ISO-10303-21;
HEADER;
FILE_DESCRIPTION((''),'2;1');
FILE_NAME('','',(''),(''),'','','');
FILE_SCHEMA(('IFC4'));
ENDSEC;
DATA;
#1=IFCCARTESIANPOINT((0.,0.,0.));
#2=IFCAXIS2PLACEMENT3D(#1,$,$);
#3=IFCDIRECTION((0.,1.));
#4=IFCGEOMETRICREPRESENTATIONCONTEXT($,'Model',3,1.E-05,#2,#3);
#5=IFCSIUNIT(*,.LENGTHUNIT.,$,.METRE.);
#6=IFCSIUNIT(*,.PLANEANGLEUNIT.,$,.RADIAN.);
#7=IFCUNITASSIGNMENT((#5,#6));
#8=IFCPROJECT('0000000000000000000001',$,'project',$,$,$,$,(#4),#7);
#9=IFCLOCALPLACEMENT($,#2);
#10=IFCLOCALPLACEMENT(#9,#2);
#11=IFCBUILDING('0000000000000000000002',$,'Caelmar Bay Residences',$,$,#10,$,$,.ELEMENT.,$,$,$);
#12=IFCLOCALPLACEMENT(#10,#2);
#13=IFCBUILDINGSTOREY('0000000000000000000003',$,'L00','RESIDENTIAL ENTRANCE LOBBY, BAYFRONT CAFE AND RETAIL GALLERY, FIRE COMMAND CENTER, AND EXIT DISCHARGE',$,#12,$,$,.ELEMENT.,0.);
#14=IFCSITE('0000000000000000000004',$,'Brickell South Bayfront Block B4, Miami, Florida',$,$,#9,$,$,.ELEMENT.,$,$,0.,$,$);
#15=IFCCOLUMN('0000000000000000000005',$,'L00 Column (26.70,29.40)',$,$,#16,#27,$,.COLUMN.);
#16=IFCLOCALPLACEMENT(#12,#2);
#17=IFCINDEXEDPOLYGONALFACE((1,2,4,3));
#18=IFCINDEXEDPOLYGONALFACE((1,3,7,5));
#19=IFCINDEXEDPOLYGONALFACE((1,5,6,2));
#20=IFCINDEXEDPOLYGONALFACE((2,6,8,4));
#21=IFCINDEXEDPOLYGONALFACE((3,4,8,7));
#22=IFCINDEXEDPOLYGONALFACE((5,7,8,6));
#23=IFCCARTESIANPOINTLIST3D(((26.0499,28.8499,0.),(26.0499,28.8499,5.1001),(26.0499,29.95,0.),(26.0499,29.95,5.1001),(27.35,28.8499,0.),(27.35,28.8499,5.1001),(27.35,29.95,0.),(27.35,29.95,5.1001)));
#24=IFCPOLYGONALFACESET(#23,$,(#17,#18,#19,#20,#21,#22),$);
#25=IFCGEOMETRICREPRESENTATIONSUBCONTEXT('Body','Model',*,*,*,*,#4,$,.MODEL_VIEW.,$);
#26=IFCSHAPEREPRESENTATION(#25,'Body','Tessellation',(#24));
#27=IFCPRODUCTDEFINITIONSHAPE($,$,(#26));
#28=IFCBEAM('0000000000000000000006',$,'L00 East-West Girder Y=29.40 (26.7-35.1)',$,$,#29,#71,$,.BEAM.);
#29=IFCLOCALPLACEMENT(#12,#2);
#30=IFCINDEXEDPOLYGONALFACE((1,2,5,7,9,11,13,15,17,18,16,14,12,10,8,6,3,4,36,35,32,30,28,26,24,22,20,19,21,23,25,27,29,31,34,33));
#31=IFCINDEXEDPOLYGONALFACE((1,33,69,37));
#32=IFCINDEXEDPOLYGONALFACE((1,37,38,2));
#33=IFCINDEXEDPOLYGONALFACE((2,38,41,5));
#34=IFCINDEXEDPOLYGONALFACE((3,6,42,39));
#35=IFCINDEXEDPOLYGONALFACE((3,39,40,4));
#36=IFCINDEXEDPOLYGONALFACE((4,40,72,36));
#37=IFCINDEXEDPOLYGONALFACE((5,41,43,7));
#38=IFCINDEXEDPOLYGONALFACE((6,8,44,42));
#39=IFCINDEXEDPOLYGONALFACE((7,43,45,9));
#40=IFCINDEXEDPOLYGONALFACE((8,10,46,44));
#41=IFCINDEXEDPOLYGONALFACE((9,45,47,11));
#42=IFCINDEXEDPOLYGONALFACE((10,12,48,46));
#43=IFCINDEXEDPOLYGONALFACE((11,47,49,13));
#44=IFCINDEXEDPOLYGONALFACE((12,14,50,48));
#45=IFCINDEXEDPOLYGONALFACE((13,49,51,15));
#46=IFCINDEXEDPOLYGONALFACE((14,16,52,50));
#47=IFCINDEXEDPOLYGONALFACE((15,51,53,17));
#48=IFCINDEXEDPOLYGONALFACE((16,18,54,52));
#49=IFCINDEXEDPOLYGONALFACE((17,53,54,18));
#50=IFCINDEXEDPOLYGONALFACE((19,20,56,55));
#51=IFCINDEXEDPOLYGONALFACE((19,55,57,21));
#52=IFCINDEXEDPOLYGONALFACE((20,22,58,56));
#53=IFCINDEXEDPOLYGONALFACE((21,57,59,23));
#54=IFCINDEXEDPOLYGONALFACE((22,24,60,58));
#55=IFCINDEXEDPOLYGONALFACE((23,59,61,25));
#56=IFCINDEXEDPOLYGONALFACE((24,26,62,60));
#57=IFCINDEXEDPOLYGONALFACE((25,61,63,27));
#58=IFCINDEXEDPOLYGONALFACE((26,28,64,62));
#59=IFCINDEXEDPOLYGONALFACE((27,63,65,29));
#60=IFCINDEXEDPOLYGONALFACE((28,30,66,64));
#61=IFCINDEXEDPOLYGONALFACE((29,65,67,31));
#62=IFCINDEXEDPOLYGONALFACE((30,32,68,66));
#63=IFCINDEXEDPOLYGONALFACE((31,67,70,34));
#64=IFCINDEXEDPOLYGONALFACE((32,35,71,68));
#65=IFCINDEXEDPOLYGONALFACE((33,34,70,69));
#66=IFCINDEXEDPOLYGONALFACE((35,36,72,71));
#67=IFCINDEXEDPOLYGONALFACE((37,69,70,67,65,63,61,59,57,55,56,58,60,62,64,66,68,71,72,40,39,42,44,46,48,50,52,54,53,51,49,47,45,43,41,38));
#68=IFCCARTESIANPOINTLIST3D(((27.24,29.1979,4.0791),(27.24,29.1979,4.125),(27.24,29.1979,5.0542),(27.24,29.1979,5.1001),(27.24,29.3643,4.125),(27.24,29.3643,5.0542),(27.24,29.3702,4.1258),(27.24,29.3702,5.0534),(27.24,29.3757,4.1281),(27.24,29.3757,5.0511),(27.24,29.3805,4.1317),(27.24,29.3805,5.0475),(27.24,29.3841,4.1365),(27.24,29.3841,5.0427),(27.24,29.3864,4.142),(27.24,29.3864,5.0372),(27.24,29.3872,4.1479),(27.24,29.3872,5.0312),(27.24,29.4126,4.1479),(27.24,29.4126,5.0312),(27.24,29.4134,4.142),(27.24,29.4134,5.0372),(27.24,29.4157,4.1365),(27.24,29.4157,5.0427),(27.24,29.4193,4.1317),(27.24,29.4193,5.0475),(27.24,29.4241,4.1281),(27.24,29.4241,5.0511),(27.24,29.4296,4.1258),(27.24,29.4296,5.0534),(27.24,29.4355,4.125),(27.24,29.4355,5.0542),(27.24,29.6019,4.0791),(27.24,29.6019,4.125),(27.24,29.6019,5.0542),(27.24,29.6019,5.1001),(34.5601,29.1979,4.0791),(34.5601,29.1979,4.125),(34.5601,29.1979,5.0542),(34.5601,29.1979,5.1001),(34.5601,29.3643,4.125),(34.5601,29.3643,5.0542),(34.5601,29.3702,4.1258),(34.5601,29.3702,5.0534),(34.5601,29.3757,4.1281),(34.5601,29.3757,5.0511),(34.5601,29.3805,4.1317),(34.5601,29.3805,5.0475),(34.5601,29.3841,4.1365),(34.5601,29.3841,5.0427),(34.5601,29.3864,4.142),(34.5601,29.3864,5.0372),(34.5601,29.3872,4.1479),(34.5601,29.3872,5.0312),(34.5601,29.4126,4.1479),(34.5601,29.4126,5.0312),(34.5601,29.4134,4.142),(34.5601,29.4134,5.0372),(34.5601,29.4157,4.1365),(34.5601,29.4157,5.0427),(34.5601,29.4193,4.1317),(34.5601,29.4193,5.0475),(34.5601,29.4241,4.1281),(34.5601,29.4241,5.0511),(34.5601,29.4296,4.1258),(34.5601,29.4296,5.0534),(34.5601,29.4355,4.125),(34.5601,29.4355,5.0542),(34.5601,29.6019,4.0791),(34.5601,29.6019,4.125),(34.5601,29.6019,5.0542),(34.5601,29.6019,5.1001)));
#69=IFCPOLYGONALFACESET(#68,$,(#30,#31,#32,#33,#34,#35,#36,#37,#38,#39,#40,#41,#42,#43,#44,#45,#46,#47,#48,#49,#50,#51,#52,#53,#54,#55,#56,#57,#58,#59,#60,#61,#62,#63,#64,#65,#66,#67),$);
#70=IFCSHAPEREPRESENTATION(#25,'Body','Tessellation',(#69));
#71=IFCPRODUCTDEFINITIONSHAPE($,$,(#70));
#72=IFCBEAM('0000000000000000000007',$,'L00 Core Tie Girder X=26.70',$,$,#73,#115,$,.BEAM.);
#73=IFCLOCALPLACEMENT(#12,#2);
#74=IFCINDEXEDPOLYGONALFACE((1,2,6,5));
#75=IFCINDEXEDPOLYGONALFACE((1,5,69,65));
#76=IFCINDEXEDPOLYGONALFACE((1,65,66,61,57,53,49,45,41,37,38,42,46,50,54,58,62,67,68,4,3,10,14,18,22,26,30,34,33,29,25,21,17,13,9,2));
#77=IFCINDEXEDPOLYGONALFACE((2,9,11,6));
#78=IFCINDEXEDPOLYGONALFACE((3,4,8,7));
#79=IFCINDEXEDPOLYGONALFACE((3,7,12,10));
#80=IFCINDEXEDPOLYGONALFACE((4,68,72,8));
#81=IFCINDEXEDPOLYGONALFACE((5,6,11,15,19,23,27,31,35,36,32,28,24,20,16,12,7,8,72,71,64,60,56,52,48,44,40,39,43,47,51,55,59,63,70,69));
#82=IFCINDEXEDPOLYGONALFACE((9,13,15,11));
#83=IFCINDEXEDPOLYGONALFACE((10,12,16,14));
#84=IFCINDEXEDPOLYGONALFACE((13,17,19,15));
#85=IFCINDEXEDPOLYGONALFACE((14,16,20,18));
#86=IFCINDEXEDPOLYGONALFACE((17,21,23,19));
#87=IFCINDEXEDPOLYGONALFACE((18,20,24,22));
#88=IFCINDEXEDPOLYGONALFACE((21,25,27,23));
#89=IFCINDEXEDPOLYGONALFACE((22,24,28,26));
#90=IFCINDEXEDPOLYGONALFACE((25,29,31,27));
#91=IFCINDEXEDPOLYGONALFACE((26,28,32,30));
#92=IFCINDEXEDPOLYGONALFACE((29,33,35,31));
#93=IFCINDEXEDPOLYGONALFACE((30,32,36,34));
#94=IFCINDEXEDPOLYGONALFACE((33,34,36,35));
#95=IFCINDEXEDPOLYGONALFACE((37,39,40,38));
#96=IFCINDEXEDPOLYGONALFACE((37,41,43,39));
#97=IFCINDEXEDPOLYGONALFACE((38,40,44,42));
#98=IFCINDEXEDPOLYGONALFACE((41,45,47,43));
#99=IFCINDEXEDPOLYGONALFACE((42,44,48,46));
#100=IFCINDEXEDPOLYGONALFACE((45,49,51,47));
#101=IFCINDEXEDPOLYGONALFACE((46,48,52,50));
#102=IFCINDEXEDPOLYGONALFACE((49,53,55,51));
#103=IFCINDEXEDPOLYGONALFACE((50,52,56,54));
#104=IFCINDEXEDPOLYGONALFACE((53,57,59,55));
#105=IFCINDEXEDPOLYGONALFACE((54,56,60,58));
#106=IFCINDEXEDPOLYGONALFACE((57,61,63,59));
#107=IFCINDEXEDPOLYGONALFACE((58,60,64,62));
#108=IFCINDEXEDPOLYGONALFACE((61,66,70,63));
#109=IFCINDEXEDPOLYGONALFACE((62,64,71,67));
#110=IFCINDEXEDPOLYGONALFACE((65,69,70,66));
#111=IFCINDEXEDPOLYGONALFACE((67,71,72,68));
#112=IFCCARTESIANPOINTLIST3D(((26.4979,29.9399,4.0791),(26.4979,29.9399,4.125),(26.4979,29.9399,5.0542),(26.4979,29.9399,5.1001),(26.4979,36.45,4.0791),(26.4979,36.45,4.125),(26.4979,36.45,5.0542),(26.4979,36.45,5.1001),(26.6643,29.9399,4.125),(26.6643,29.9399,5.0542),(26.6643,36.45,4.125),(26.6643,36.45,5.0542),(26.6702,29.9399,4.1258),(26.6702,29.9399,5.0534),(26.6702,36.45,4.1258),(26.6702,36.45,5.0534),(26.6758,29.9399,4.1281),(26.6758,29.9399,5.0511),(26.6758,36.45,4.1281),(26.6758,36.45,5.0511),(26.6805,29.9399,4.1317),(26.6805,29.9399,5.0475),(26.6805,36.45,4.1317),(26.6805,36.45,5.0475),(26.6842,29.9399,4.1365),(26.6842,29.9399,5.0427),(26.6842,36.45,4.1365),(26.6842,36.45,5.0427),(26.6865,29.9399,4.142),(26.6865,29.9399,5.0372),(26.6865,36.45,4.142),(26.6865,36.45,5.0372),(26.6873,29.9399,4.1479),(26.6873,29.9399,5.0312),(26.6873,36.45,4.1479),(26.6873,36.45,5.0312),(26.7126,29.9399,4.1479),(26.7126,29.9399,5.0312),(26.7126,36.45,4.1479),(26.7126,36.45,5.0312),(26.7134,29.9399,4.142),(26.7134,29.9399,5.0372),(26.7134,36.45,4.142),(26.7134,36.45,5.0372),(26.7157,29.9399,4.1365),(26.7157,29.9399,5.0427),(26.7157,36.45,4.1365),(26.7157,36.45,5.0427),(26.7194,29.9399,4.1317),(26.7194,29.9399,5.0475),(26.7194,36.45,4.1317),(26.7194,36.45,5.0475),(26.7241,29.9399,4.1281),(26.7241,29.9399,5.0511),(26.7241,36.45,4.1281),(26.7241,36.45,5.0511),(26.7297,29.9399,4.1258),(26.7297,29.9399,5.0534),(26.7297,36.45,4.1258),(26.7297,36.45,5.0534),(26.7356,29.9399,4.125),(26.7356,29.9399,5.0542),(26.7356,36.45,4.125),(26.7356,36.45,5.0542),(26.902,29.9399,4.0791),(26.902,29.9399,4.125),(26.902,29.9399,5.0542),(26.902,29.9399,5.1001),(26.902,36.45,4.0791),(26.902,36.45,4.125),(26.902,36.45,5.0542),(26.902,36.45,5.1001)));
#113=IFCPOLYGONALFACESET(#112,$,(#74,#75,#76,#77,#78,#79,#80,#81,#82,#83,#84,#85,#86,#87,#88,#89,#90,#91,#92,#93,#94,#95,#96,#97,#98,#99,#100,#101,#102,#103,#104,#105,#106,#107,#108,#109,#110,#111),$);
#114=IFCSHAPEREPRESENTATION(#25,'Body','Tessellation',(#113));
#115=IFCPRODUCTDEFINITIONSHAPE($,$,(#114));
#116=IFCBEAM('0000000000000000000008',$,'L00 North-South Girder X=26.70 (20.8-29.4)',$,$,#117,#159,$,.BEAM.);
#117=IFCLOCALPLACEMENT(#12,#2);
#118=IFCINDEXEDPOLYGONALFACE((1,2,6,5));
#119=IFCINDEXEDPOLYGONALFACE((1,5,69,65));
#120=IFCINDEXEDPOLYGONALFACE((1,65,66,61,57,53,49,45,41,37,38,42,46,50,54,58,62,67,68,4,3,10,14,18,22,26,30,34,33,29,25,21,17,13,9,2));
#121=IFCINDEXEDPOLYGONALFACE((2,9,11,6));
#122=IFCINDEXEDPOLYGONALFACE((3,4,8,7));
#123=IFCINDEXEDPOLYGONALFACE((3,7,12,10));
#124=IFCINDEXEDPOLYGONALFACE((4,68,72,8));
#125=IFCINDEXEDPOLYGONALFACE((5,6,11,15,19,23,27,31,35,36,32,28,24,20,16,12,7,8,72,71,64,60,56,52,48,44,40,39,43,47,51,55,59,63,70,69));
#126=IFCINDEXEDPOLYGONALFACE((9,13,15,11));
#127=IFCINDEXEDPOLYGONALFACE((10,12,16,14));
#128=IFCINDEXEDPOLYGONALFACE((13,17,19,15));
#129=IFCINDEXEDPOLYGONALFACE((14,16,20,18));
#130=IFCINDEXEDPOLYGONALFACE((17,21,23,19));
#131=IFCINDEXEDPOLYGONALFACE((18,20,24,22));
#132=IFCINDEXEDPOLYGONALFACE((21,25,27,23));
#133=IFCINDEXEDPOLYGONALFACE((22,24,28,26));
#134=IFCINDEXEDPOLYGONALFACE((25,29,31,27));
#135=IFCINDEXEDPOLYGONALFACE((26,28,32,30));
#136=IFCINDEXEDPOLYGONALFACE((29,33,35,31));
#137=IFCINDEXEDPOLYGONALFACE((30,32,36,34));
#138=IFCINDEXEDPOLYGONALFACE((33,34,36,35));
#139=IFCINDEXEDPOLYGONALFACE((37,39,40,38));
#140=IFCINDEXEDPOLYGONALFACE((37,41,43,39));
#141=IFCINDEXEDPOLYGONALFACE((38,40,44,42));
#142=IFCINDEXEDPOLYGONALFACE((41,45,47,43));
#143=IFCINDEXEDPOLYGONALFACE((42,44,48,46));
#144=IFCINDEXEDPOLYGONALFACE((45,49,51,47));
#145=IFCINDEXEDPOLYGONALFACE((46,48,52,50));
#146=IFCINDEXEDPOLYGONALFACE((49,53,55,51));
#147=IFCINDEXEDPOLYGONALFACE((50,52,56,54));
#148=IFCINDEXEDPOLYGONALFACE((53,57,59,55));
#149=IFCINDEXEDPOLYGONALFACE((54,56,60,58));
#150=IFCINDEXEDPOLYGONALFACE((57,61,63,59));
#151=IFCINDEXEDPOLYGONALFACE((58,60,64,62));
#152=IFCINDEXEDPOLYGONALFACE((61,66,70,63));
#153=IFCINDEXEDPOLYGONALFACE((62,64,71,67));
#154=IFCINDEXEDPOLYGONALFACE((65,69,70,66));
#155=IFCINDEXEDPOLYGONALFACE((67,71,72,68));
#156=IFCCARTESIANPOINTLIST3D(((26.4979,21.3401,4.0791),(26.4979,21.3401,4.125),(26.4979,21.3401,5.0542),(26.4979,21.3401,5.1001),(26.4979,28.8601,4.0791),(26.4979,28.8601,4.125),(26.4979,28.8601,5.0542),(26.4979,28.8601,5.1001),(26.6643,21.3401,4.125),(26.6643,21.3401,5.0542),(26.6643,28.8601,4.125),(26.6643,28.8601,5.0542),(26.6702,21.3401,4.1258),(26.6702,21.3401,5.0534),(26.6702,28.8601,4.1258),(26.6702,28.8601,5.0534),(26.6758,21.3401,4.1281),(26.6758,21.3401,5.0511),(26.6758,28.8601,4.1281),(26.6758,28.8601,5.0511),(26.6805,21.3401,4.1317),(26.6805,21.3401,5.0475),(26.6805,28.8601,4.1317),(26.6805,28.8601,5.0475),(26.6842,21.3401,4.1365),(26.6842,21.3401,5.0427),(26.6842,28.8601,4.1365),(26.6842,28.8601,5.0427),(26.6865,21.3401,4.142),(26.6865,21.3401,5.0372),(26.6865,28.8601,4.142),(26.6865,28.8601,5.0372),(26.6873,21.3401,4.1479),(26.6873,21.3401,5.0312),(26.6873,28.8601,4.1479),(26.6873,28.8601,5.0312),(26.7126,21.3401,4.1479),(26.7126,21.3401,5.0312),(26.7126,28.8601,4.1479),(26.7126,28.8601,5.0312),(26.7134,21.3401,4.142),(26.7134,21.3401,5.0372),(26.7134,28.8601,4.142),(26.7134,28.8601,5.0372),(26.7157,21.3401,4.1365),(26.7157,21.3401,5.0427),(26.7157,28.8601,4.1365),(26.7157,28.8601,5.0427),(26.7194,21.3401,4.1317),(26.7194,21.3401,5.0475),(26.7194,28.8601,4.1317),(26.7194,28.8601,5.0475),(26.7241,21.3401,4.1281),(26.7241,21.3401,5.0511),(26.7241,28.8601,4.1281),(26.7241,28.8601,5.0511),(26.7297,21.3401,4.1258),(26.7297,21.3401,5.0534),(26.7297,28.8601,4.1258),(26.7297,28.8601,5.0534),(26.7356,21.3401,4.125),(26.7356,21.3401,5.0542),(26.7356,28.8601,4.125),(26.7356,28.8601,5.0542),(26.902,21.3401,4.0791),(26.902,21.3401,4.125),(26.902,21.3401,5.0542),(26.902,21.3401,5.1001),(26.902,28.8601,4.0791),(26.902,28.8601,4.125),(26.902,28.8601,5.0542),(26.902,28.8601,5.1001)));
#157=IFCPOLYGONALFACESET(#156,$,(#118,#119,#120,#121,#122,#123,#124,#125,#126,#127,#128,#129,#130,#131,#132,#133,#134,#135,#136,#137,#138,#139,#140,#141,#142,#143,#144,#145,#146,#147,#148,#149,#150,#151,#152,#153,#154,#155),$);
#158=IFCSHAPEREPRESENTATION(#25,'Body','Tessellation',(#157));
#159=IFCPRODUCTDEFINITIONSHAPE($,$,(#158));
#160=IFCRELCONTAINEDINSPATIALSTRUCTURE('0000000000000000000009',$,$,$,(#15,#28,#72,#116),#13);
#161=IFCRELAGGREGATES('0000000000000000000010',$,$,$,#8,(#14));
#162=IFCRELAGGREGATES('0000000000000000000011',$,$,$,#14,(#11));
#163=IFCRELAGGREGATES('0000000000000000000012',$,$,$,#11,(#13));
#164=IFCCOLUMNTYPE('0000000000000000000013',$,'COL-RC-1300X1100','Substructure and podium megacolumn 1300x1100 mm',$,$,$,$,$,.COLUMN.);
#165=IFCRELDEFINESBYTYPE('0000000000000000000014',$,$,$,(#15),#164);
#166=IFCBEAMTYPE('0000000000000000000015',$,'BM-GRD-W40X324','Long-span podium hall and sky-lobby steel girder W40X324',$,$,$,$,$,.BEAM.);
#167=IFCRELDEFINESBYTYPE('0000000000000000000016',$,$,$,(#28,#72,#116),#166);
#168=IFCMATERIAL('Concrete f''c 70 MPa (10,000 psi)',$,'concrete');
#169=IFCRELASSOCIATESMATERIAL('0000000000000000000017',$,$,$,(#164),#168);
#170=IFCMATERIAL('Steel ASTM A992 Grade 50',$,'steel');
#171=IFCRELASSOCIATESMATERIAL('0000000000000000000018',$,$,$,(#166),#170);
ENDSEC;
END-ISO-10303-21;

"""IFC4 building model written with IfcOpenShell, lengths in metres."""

from ifc_helpers import new_model, si_unit, direction, frame, origin, origin_2d, place, context, subcontext, project, spatial, rectangle, i_section, extrude, material, material_profile, profile_set, type_object, element, save


model = new_model("IFC4")

# Units and contexts
model_context = context("Model", 3, precision=1e-05, world=origin(), true_north=direction((0.0, 1.0)))
body_context = subcontext(model_context, "Body", "Model", "MODEL_VIEW")
ifc_project = project(units=[si_unit("LENGTHUNIT", "METRE"), si_unit("PLANEANGLEUNIT", "RADIAN")], contexts=[model_context])

# Site, building, storey
site_placement = place(None, origin())
site = spatial("IfcSite", under=ifc_project, at=site_placement, Name="Brickell South Bayfront Block B4, Miami, Florida", CompositionType="ELEMENT", RefElevation=0.0)
building_placement = place(site_placement, origin())
building = spatial("IfcBuilding", under=site, at=building_placement, Name="Caelmar Bay Residences", CompositionType="ELEMENT")
storey_placement = place(building_placement, origin())
storey = spatial("IfcBuildingStorey", under=building, at=storey_placement, Name="L00", Description="RESIDENTIAL ENTRANCE LOBBY, BAYFRONT CAFE AND RETAIL GALLERY, FIRE COMMAND CENTER, AND EXIT DISCHARGE", CompositionType="ELEMENT", Elevation=0.0)

# Column
ifc_material_1 = material(Name="Concrete f'c 70 MPa (10,000 psi)", Category="concrete")
ifc_material_profile_1 = material_profile(ifc_material_1, rectangle(XDim=1.3, YDim=1.1001, at=origin_2d()), Name="RC-COL-1300X1100")
ifc_profile_set_1 = profile_set([ifc_material_profile_1], Name="Concrete f'c 70 MPa (10,000 psi)")
column_type = type_object("IfcColumnType", Name="COL-RC-1300X1100", Description="Substructure and podium megacolumn 1300x1100 mm", PredefinedType="COLUMN", material=ifc_profile_set_1)
column_placement = place(storey_placement, frame((26.7, 29.3999, 0.0), z_axis=(0.0, 0.0, 1.0), x_axis=(1.0, 0.0, 0.0)))
element("IfcColumn", 1, at=column_placement, inside=storey, type_object=column_type, Name="L00 Column (26.70,29.40)", PredefinedType="COLUMN", context=body_context, shape_type="SweptSolid", body=[
    extrude(rectangle(XDim=1.3, YDim=1.1001, at=origin_2d()), origin(), (0.0, 0.0, 1.0), 5.1001),
])

# Beams
ifc_material_2 = material(Name="Steel ASTM A992 Grade 50", Category="steel")
ifc_material_profile_2 = material_profile(ifc_material_2, i_section(OverallWidth=0.4041, OverallDepth=1.021, WebThickness=0.0254, FlangeThickness=0.0459, FilletRadius=0.0229, at=origin_2d()), Name="W40X324")
ifc_profile_set_2 = profile_set([ifc_material_profile_2], Name="Steel ASTM A992 Grade 50")
beam_type_1 = type_object("IfcBeamType", Name="BM-GRD-W40X324", Description="Long-span podium hall and sky-lobby steel girder W40X324", PredefinedType="BEAM", material=ifc_profile_set_2)
beam_1_placement = place(storey_placement, frame((27.24, 29.3999, 4.5896), z_axis=(1.0, 0.0, 0.0), x_axis=(0.0, 1.0, 0.0)))
element("IfcBeam", 2, at=beam_1_placement, inside=storey, type_object=beam_type_1, Name="L00 East-West Girder Y=29.40 (26.7-35.1)", PredefinedType="BEAM", context=body_context, shape_type="SweptSolid", body=[
    extrude(i_section(OverallWidth=0.4041, OverallDepth=1.021, WebThickness=0.0254, FlangeThickness=0.0459, FilletRadius=0.0229, at=origin_2d()), origin(), (0.0, 0.0, 1.0), 7.3201),
])
beam_2_placement = place(storey_placement, frame((26.7, 29.9399, 4.5896), z_axis=(0.0, 1.0, 0.0), x_axis=(-1.0, 0.0, 0.0)))
element("IfcBeam", 3, at=beam_2_placement, inside=storey, type_object=beam_type_1, Name="L00 Core Tie Girder X=26.70", PredefinedType="BEAM", context=body_context, shape_type="SweptSolid", body=[
    extrude(i_section(OverallWidth=0.4041, OverallDepth=1.021, WebThickness=0.0254, FlangeThickness=0.0459, FilletRadius=0.0229, at=origin_2d()), origin(), (0.0, 0.0, 1.0), 6.51),
])
beam_3_placement = place(storey_placement, frame((26.7, 21.3401, 4.5896), z_axis=(0.0, 1.0, 0.0), x_axis=(-1.0, 0.0, 0.0)))
element("IfcBeam", 4, at=beam_3_placement, inside=storey, type_object=beam_type_1, Name="L00 North-South Girder X=26.70 (20.8-29.4)", PredefinedType="BEAM", context=body_context, shape_type="SweptSolid", body=[
    extrude(i_section(OverallWidth=0.4041, OverallDepth=1.021, WebThickness=0.0254, FlangeThickness=0.0459, FilletRadius=0.0229, at=origin_2d()), origin(), (0.0, 0.0, 1.0), 7.52),
])

save(model, "model.ifc")
